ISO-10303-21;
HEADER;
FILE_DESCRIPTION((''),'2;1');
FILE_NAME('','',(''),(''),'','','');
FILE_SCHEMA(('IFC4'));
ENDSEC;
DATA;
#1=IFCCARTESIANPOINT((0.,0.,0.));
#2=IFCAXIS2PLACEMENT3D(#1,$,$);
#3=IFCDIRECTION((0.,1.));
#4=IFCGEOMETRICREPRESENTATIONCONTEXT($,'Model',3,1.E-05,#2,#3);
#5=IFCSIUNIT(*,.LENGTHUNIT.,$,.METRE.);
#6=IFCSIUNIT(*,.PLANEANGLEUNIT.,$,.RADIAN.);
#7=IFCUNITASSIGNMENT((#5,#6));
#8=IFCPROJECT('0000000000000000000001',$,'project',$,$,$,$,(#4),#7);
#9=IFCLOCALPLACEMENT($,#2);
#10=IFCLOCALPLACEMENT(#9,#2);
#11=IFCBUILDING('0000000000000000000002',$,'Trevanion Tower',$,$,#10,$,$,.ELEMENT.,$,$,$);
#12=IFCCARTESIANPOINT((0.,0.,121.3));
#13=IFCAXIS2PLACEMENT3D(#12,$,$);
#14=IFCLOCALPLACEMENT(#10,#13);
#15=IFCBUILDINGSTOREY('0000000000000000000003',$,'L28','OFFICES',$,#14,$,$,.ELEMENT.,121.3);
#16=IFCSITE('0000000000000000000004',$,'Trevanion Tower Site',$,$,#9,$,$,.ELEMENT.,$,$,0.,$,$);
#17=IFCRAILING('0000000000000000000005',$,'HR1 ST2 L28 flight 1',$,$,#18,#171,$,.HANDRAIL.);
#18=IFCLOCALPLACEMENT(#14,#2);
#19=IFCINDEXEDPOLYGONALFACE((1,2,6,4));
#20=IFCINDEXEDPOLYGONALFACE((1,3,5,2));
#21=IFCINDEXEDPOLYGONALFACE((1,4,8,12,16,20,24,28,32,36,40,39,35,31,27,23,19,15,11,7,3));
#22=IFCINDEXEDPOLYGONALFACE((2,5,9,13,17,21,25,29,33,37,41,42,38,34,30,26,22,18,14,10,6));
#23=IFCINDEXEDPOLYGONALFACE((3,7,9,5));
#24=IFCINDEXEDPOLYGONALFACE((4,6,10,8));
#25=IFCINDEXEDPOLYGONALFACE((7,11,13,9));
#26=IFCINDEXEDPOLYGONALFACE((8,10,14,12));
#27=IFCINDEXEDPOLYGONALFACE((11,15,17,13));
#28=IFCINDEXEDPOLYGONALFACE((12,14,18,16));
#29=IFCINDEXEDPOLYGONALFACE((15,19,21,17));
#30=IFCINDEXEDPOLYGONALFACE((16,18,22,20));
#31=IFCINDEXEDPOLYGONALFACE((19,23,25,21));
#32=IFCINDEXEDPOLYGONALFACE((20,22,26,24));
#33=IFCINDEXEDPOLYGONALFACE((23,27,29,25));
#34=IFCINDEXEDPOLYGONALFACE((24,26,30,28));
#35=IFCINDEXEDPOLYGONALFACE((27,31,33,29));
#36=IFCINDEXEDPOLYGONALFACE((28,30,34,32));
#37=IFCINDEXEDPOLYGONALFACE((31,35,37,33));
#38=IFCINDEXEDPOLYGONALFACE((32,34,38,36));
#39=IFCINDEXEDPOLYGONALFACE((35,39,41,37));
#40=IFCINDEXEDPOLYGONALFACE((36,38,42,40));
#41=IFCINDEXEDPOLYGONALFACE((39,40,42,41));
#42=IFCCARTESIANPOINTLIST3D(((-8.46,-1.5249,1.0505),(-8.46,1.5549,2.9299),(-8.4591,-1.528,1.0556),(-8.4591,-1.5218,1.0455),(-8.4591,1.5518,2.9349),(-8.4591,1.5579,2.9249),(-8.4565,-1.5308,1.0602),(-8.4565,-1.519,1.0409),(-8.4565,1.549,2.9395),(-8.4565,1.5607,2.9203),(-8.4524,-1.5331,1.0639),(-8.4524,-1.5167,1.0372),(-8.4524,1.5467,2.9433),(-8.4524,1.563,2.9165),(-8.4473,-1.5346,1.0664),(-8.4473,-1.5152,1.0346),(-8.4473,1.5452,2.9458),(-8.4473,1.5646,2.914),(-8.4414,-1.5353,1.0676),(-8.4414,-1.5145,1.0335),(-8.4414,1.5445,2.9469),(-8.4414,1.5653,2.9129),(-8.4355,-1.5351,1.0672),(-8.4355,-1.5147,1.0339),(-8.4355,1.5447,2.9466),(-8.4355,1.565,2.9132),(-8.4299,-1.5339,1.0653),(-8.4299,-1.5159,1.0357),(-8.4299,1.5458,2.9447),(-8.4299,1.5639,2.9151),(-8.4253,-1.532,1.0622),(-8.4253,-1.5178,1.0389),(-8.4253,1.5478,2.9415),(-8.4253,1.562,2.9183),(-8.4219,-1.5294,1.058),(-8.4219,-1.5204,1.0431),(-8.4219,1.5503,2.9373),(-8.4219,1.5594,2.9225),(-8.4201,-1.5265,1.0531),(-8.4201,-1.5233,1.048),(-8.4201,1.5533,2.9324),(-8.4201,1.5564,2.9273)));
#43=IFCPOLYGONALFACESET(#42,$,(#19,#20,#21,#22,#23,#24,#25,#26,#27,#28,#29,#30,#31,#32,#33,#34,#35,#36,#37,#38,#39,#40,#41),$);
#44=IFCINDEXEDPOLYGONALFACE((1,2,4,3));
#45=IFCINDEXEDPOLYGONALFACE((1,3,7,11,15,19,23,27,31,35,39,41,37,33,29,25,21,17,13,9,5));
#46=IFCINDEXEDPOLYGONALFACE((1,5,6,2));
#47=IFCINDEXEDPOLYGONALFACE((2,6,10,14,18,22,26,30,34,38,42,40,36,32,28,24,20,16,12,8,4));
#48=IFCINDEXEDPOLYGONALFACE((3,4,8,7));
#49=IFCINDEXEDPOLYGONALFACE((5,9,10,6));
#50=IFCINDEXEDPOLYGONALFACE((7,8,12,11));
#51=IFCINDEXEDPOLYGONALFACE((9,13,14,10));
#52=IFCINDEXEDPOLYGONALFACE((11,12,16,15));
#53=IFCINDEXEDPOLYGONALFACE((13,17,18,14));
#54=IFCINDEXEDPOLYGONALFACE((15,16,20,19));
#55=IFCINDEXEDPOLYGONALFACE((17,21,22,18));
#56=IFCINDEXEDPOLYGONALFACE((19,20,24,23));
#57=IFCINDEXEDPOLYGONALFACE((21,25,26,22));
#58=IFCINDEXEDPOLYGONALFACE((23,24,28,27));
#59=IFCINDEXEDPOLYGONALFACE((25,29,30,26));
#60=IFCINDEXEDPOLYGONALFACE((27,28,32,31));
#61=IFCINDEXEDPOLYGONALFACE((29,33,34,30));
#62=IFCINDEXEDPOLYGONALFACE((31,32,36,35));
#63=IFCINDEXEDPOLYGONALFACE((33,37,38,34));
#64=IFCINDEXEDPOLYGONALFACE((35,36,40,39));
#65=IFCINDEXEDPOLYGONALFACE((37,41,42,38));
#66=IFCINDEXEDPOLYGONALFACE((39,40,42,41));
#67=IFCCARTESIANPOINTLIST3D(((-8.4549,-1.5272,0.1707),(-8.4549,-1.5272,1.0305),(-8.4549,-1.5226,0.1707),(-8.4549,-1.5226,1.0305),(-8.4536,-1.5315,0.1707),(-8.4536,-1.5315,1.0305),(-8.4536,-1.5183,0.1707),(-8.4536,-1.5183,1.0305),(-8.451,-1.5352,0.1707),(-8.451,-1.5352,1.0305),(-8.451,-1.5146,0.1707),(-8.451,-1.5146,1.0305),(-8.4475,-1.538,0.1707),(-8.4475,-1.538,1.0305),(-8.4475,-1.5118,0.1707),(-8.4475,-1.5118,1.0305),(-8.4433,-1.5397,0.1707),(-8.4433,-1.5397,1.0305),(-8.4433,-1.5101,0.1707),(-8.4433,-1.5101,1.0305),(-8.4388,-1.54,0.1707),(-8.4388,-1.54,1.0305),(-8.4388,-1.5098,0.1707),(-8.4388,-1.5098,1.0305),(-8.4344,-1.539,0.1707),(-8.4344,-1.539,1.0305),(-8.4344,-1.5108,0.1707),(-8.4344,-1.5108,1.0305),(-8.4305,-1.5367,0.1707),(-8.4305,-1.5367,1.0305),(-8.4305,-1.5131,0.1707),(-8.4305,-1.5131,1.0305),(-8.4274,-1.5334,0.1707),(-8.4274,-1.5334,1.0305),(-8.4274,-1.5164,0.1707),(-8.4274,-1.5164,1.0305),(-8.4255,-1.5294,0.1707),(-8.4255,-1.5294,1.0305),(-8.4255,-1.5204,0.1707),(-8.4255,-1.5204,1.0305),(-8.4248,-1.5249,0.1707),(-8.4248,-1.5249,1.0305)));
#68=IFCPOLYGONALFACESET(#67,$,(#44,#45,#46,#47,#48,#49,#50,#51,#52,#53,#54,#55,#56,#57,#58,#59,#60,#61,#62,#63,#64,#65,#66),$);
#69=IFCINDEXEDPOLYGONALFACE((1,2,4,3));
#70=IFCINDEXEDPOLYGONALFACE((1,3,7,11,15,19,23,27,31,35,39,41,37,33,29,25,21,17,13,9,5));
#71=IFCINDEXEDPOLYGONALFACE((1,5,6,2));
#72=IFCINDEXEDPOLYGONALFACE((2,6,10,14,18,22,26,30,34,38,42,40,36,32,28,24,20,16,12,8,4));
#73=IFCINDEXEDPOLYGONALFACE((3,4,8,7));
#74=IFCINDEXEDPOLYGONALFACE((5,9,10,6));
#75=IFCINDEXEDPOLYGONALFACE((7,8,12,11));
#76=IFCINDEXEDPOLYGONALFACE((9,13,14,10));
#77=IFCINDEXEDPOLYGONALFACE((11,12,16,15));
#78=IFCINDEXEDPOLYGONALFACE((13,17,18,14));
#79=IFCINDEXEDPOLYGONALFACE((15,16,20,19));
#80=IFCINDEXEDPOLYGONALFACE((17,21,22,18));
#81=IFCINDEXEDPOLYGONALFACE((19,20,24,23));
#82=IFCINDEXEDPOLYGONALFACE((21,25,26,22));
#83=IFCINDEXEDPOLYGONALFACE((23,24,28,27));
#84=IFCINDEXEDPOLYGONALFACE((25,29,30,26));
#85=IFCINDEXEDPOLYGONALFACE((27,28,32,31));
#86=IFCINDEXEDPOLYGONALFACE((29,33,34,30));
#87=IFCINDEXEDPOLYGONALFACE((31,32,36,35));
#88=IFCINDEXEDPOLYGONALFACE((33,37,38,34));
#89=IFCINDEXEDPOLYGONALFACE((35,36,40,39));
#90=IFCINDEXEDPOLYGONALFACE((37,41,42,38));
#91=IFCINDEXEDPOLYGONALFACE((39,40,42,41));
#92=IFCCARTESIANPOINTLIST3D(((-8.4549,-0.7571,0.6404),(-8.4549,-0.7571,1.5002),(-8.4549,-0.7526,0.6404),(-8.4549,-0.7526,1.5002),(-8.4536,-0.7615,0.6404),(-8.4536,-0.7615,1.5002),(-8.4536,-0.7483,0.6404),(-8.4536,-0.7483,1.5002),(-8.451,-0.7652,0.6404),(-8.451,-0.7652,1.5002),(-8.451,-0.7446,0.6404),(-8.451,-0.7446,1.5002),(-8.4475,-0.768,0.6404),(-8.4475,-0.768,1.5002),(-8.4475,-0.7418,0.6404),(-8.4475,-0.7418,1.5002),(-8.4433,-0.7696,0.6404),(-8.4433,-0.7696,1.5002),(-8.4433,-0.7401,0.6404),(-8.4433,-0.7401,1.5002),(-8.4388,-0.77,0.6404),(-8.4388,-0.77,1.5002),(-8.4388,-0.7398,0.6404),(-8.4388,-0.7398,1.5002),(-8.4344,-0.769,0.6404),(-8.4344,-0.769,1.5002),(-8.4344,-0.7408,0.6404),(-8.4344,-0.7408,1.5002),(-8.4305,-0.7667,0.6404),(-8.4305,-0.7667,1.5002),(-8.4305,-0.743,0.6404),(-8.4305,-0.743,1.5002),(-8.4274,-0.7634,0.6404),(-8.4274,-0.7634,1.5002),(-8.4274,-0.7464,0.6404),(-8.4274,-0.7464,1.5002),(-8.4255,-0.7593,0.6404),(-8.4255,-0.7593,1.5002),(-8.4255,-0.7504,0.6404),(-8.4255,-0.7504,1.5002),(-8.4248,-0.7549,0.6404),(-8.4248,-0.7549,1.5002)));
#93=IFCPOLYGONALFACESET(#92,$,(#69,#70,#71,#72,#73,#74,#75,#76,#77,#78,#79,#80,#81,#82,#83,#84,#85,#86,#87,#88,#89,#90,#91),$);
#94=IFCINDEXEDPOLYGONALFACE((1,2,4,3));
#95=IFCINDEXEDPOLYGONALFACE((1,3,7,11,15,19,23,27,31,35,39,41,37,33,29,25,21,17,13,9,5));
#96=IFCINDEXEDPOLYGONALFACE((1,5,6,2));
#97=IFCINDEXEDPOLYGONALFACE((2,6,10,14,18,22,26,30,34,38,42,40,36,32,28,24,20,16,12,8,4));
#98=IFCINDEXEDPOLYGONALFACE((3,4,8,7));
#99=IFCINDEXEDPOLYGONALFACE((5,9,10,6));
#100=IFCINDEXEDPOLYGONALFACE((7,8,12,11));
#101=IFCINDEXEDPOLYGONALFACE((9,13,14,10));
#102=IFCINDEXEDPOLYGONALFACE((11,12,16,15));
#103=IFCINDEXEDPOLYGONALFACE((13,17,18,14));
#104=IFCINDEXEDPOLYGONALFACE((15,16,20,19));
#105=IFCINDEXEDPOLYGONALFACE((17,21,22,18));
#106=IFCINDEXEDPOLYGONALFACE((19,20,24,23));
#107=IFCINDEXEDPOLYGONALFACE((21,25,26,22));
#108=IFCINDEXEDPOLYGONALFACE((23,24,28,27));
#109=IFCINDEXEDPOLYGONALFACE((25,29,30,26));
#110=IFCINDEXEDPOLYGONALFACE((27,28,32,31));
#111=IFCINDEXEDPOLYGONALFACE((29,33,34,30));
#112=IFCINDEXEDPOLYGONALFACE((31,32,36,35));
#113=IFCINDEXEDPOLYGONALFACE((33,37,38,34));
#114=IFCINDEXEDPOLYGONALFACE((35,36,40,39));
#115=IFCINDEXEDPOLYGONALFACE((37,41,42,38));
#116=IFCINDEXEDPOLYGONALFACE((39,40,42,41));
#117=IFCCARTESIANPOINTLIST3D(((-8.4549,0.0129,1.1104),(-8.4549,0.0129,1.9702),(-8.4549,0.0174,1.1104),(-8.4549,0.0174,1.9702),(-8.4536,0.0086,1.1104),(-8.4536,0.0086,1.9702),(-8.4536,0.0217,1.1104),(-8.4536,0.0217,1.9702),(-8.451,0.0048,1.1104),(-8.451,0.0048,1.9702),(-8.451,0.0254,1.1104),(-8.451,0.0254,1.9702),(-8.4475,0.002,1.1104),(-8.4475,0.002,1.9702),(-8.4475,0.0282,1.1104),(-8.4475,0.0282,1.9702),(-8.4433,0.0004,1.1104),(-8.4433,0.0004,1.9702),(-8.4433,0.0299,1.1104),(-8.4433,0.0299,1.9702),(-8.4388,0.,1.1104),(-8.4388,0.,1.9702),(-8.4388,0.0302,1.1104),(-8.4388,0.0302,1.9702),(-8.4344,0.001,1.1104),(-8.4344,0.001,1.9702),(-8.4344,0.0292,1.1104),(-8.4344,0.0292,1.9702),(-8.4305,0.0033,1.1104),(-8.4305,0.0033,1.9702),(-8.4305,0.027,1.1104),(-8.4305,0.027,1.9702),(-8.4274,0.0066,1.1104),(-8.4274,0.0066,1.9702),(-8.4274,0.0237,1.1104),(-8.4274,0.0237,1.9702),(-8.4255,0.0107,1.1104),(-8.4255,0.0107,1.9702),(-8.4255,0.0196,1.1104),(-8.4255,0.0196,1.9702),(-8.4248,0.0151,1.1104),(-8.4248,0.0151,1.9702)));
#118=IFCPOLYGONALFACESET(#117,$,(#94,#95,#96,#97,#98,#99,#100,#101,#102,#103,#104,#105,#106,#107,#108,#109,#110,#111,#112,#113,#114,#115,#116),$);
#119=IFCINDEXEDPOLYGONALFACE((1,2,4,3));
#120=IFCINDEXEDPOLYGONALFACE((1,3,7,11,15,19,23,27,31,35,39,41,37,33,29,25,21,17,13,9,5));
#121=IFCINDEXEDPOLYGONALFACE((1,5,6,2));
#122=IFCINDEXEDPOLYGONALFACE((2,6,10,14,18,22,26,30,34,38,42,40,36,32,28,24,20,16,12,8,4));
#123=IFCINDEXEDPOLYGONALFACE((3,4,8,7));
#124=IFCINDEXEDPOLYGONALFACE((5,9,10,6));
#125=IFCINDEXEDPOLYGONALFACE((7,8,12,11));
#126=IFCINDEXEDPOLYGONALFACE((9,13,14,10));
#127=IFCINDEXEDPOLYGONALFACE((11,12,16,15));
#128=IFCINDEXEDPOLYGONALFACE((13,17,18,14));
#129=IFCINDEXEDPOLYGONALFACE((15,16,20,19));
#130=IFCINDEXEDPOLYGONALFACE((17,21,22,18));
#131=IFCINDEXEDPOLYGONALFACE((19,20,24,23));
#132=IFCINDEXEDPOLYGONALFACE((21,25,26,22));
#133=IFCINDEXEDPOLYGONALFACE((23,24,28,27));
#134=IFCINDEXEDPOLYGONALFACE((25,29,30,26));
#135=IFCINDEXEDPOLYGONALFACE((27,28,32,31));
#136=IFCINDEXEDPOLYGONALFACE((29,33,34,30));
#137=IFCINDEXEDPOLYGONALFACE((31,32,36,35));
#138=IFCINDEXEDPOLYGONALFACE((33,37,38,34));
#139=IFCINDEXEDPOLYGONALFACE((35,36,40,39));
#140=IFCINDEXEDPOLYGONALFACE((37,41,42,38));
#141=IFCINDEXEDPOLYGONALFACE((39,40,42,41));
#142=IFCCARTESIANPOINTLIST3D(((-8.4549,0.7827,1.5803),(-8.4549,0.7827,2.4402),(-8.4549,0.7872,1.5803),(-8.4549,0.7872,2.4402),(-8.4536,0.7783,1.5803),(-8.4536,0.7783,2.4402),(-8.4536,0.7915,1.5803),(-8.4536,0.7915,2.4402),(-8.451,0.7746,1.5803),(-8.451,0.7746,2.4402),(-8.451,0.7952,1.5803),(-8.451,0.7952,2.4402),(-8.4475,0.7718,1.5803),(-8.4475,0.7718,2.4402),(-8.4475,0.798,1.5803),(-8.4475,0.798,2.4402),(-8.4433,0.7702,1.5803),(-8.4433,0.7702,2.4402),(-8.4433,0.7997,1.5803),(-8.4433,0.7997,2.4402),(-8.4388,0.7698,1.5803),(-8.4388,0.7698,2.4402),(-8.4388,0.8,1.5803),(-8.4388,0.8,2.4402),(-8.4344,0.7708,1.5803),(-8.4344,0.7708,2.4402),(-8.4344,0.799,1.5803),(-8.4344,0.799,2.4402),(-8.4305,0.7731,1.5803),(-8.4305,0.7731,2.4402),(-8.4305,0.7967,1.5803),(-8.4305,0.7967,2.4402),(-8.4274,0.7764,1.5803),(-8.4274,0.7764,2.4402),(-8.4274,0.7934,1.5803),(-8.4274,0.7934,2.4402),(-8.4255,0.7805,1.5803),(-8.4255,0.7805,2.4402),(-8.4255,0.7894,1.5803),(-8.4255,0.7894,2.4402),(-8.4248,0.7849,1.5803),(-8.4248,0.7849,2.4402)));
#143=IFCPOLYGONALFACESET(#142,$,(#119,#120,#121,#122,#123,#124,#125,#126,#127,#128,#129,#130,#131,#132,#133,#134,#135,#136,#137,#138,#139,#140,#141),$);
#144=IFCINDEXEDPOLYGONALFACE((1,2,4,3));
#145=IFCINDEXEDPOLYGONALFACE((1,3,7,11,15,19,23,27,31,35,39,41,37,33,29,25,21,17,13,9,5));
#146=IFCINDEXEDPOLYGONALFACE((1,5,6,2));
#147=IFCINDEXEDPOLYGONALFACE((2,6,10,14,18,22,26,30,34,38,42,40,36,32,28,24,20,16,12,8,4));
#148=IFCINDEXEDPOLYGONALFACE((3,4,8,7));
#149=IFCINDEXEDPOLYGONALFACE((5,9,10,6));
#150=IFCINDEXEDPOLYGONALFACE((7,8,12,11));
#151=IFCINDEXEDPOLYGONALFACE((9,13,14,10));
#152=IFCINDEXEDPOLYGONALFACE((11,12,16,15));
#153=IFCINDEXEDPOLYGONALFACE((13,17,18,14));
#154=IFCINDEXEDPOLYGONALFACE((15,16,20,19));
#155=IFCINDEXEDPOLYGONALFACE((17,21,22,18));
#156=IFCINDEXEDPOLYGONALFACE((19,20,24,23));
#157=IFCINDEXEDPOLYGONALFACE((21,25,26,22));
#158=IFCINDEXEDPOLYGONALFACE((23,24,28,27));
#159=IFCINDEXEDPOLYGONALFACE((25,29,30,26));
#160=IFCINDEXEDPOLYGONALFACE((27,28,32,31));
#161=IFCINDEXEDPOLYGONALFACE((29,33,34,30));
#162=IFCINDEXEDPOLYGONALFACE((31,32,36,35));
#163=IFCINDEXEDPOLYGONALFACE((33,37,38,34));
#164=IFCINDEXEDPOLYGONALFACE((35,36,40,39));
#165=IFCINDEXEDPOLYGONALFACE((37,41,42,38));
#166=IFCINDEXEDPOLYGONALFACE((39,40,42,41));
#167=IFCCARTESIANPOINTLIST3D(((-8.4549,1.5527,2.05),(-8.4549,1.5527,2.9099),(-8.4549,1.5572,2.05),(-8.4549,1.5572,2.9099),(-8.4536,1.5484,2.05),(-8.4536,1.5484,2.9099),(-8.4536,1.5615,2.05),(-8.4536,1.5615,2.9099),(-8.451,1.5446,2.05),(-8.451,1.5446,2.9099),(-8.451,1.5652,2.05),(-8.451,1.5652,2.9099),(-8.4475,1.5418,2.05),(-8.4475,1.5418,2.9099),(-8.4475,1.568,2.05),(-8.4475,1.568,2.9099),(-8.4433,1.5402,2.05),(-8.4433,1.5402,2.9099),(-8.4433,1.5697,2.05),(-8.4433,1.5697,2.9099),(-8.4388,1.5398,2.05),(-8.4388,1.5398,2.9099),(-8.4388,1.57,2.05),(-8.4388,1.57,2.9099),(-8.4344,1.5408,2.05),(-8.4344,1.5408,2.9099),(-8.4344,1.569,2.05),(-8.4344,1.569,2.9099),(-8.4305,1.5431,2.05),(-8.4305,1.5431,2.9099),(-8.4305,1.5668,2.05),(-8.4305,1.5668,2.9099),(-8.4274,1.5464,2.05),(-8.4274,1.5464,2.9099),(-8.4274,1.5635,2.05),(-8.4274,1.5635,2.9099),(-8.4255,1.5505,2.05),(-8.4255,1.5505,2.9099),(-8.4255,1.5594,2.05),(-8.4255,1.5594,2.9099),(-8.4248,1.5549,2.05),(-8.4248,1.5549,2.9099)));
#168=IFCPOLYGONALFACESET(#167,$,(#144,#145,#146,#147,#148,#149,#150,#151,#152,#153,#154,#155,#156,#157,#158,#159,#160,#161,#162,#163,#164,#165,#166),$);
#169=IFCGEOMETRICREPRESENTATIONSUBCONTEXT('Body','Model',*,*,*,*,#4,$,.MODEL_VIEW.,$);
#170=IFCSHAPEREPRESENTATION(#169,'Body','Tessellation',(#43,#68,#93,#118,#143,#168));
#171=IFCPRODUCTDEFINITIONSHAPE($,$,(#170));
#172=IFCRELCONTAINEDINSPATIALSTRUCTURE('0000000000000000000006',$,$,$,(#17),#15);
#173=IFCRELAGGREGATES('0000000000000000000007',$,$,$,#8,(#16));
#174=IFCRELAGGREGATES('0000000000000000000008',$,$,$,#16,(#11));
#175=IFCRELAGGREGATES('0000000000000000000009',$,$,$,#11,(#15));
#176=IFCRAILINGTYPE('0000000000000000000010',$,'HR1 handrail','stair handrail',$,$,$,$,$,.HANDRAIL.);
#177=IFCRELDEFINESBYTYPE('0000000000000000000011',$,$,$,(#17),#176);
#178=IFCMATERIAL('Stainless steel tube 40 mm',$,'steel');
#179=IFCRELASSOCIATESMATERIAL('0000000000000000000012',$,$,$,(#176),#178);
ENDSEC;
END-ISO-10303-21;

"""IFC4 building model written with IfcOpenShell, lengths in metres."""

from ifc_helpers import new_model, si_unit, direction, frame, origin, origin_2d, place, context, subcontext, project, spatial, circle, extrude, material, type_object, element, save


model = new_model("IFC4")

# Units and contexts
model_context = context("Model", 3, precision=1e-05, world=origin(), true_north=direction((0.0, 1.0)))
body_context = subcontext(model_context, "Body", "Model", "MODEL_VIEW")
ifc_project = project(units=[si_unit("LENGTHUNIT", "METRE"), si_unit("PLANEANGLEUNIT", "RADIAN")], contexts=[model_context])

# Site, building, storey
site_placement = place(None, origin())
site = spatial("IfcSite", under=ifc_project, at=site_placement, Name="Trevanion Tower Site", CompositionType="ELEMENT", RefElevation=0.0)
building_placement = place(site_placement, origin())
building = spatial("IfcBuilding", under=site, at=building_placement, Name="Trevanion Tower", CompositionType="ELEMENT")
storey_placement = place(building_placement, frame((0.0, 0.0, 121.3)))
storey = spatial("IfcBuildingStorey", under=building, at=storey_placement, Name="L28", Description="OFFICES", CompositionType="ELEMENT", Elevation=121.3)

# Railing
ifc_material_1 = material(Name="Stainless steel tube 40 mm", Category="steel")
railing_type = type_object("IfcRailingType", Name="HR1 handrail", Description="stair handrail", PredefinedType="HANDRAIL", material=ifc_material_1)
for number, where, name in (
    (1, (-8.4399, -1.5249, 0.1707), "HR1 ST2 L28 flight 1"),
):
    element("IfcRailing", number, at=place(storey_placement, frame(where)), inside=storey, type_object=railing_type, Name=name, PredefinedType="HANDRAIL", context=body_context, shape_type="SweptSolid", body=[
        extrude(circle(Radius=0.02, at=origin_2d()), frame((0.0, 0.0, 0.8799), z_axis=(0.0, 0.853618, 0.5209), x_axis=(-1.0, 0.0, 0.0)), (0.0, 0.0, 1.0), 3.6079),
        extrude(circle(Radius=0.0151, at=origin_2d()), origin(), (0.0, 0.0, 1.0), 0.8599),
        extrude(circle(Radius=0.0151, at=origin_2d()), frame((0.0, 0.77, 0.4697)), (0.0, 0.0, 1.0), 0.8599),
        extrude(circle(Radius=0.0151, at=origin_2d()), frame((0.0, 1.54, 0.9397)), (0.0, 0.0, 1.0), 0.8599),
        extrude(circle(Radius=0.0151, at=origin_2d()), frame((0.0, 2.3098, 1.4097)), (0.0, 0.0, 1.0), 0.8599),
        extrude(circle(Radius=0.0151, at=origin_2d()), frame((0.0, 3.0798, 1.8794)), (0.0, 0.0, 1.0), 0.8599),
    ])

save(model, "model.ifc")
